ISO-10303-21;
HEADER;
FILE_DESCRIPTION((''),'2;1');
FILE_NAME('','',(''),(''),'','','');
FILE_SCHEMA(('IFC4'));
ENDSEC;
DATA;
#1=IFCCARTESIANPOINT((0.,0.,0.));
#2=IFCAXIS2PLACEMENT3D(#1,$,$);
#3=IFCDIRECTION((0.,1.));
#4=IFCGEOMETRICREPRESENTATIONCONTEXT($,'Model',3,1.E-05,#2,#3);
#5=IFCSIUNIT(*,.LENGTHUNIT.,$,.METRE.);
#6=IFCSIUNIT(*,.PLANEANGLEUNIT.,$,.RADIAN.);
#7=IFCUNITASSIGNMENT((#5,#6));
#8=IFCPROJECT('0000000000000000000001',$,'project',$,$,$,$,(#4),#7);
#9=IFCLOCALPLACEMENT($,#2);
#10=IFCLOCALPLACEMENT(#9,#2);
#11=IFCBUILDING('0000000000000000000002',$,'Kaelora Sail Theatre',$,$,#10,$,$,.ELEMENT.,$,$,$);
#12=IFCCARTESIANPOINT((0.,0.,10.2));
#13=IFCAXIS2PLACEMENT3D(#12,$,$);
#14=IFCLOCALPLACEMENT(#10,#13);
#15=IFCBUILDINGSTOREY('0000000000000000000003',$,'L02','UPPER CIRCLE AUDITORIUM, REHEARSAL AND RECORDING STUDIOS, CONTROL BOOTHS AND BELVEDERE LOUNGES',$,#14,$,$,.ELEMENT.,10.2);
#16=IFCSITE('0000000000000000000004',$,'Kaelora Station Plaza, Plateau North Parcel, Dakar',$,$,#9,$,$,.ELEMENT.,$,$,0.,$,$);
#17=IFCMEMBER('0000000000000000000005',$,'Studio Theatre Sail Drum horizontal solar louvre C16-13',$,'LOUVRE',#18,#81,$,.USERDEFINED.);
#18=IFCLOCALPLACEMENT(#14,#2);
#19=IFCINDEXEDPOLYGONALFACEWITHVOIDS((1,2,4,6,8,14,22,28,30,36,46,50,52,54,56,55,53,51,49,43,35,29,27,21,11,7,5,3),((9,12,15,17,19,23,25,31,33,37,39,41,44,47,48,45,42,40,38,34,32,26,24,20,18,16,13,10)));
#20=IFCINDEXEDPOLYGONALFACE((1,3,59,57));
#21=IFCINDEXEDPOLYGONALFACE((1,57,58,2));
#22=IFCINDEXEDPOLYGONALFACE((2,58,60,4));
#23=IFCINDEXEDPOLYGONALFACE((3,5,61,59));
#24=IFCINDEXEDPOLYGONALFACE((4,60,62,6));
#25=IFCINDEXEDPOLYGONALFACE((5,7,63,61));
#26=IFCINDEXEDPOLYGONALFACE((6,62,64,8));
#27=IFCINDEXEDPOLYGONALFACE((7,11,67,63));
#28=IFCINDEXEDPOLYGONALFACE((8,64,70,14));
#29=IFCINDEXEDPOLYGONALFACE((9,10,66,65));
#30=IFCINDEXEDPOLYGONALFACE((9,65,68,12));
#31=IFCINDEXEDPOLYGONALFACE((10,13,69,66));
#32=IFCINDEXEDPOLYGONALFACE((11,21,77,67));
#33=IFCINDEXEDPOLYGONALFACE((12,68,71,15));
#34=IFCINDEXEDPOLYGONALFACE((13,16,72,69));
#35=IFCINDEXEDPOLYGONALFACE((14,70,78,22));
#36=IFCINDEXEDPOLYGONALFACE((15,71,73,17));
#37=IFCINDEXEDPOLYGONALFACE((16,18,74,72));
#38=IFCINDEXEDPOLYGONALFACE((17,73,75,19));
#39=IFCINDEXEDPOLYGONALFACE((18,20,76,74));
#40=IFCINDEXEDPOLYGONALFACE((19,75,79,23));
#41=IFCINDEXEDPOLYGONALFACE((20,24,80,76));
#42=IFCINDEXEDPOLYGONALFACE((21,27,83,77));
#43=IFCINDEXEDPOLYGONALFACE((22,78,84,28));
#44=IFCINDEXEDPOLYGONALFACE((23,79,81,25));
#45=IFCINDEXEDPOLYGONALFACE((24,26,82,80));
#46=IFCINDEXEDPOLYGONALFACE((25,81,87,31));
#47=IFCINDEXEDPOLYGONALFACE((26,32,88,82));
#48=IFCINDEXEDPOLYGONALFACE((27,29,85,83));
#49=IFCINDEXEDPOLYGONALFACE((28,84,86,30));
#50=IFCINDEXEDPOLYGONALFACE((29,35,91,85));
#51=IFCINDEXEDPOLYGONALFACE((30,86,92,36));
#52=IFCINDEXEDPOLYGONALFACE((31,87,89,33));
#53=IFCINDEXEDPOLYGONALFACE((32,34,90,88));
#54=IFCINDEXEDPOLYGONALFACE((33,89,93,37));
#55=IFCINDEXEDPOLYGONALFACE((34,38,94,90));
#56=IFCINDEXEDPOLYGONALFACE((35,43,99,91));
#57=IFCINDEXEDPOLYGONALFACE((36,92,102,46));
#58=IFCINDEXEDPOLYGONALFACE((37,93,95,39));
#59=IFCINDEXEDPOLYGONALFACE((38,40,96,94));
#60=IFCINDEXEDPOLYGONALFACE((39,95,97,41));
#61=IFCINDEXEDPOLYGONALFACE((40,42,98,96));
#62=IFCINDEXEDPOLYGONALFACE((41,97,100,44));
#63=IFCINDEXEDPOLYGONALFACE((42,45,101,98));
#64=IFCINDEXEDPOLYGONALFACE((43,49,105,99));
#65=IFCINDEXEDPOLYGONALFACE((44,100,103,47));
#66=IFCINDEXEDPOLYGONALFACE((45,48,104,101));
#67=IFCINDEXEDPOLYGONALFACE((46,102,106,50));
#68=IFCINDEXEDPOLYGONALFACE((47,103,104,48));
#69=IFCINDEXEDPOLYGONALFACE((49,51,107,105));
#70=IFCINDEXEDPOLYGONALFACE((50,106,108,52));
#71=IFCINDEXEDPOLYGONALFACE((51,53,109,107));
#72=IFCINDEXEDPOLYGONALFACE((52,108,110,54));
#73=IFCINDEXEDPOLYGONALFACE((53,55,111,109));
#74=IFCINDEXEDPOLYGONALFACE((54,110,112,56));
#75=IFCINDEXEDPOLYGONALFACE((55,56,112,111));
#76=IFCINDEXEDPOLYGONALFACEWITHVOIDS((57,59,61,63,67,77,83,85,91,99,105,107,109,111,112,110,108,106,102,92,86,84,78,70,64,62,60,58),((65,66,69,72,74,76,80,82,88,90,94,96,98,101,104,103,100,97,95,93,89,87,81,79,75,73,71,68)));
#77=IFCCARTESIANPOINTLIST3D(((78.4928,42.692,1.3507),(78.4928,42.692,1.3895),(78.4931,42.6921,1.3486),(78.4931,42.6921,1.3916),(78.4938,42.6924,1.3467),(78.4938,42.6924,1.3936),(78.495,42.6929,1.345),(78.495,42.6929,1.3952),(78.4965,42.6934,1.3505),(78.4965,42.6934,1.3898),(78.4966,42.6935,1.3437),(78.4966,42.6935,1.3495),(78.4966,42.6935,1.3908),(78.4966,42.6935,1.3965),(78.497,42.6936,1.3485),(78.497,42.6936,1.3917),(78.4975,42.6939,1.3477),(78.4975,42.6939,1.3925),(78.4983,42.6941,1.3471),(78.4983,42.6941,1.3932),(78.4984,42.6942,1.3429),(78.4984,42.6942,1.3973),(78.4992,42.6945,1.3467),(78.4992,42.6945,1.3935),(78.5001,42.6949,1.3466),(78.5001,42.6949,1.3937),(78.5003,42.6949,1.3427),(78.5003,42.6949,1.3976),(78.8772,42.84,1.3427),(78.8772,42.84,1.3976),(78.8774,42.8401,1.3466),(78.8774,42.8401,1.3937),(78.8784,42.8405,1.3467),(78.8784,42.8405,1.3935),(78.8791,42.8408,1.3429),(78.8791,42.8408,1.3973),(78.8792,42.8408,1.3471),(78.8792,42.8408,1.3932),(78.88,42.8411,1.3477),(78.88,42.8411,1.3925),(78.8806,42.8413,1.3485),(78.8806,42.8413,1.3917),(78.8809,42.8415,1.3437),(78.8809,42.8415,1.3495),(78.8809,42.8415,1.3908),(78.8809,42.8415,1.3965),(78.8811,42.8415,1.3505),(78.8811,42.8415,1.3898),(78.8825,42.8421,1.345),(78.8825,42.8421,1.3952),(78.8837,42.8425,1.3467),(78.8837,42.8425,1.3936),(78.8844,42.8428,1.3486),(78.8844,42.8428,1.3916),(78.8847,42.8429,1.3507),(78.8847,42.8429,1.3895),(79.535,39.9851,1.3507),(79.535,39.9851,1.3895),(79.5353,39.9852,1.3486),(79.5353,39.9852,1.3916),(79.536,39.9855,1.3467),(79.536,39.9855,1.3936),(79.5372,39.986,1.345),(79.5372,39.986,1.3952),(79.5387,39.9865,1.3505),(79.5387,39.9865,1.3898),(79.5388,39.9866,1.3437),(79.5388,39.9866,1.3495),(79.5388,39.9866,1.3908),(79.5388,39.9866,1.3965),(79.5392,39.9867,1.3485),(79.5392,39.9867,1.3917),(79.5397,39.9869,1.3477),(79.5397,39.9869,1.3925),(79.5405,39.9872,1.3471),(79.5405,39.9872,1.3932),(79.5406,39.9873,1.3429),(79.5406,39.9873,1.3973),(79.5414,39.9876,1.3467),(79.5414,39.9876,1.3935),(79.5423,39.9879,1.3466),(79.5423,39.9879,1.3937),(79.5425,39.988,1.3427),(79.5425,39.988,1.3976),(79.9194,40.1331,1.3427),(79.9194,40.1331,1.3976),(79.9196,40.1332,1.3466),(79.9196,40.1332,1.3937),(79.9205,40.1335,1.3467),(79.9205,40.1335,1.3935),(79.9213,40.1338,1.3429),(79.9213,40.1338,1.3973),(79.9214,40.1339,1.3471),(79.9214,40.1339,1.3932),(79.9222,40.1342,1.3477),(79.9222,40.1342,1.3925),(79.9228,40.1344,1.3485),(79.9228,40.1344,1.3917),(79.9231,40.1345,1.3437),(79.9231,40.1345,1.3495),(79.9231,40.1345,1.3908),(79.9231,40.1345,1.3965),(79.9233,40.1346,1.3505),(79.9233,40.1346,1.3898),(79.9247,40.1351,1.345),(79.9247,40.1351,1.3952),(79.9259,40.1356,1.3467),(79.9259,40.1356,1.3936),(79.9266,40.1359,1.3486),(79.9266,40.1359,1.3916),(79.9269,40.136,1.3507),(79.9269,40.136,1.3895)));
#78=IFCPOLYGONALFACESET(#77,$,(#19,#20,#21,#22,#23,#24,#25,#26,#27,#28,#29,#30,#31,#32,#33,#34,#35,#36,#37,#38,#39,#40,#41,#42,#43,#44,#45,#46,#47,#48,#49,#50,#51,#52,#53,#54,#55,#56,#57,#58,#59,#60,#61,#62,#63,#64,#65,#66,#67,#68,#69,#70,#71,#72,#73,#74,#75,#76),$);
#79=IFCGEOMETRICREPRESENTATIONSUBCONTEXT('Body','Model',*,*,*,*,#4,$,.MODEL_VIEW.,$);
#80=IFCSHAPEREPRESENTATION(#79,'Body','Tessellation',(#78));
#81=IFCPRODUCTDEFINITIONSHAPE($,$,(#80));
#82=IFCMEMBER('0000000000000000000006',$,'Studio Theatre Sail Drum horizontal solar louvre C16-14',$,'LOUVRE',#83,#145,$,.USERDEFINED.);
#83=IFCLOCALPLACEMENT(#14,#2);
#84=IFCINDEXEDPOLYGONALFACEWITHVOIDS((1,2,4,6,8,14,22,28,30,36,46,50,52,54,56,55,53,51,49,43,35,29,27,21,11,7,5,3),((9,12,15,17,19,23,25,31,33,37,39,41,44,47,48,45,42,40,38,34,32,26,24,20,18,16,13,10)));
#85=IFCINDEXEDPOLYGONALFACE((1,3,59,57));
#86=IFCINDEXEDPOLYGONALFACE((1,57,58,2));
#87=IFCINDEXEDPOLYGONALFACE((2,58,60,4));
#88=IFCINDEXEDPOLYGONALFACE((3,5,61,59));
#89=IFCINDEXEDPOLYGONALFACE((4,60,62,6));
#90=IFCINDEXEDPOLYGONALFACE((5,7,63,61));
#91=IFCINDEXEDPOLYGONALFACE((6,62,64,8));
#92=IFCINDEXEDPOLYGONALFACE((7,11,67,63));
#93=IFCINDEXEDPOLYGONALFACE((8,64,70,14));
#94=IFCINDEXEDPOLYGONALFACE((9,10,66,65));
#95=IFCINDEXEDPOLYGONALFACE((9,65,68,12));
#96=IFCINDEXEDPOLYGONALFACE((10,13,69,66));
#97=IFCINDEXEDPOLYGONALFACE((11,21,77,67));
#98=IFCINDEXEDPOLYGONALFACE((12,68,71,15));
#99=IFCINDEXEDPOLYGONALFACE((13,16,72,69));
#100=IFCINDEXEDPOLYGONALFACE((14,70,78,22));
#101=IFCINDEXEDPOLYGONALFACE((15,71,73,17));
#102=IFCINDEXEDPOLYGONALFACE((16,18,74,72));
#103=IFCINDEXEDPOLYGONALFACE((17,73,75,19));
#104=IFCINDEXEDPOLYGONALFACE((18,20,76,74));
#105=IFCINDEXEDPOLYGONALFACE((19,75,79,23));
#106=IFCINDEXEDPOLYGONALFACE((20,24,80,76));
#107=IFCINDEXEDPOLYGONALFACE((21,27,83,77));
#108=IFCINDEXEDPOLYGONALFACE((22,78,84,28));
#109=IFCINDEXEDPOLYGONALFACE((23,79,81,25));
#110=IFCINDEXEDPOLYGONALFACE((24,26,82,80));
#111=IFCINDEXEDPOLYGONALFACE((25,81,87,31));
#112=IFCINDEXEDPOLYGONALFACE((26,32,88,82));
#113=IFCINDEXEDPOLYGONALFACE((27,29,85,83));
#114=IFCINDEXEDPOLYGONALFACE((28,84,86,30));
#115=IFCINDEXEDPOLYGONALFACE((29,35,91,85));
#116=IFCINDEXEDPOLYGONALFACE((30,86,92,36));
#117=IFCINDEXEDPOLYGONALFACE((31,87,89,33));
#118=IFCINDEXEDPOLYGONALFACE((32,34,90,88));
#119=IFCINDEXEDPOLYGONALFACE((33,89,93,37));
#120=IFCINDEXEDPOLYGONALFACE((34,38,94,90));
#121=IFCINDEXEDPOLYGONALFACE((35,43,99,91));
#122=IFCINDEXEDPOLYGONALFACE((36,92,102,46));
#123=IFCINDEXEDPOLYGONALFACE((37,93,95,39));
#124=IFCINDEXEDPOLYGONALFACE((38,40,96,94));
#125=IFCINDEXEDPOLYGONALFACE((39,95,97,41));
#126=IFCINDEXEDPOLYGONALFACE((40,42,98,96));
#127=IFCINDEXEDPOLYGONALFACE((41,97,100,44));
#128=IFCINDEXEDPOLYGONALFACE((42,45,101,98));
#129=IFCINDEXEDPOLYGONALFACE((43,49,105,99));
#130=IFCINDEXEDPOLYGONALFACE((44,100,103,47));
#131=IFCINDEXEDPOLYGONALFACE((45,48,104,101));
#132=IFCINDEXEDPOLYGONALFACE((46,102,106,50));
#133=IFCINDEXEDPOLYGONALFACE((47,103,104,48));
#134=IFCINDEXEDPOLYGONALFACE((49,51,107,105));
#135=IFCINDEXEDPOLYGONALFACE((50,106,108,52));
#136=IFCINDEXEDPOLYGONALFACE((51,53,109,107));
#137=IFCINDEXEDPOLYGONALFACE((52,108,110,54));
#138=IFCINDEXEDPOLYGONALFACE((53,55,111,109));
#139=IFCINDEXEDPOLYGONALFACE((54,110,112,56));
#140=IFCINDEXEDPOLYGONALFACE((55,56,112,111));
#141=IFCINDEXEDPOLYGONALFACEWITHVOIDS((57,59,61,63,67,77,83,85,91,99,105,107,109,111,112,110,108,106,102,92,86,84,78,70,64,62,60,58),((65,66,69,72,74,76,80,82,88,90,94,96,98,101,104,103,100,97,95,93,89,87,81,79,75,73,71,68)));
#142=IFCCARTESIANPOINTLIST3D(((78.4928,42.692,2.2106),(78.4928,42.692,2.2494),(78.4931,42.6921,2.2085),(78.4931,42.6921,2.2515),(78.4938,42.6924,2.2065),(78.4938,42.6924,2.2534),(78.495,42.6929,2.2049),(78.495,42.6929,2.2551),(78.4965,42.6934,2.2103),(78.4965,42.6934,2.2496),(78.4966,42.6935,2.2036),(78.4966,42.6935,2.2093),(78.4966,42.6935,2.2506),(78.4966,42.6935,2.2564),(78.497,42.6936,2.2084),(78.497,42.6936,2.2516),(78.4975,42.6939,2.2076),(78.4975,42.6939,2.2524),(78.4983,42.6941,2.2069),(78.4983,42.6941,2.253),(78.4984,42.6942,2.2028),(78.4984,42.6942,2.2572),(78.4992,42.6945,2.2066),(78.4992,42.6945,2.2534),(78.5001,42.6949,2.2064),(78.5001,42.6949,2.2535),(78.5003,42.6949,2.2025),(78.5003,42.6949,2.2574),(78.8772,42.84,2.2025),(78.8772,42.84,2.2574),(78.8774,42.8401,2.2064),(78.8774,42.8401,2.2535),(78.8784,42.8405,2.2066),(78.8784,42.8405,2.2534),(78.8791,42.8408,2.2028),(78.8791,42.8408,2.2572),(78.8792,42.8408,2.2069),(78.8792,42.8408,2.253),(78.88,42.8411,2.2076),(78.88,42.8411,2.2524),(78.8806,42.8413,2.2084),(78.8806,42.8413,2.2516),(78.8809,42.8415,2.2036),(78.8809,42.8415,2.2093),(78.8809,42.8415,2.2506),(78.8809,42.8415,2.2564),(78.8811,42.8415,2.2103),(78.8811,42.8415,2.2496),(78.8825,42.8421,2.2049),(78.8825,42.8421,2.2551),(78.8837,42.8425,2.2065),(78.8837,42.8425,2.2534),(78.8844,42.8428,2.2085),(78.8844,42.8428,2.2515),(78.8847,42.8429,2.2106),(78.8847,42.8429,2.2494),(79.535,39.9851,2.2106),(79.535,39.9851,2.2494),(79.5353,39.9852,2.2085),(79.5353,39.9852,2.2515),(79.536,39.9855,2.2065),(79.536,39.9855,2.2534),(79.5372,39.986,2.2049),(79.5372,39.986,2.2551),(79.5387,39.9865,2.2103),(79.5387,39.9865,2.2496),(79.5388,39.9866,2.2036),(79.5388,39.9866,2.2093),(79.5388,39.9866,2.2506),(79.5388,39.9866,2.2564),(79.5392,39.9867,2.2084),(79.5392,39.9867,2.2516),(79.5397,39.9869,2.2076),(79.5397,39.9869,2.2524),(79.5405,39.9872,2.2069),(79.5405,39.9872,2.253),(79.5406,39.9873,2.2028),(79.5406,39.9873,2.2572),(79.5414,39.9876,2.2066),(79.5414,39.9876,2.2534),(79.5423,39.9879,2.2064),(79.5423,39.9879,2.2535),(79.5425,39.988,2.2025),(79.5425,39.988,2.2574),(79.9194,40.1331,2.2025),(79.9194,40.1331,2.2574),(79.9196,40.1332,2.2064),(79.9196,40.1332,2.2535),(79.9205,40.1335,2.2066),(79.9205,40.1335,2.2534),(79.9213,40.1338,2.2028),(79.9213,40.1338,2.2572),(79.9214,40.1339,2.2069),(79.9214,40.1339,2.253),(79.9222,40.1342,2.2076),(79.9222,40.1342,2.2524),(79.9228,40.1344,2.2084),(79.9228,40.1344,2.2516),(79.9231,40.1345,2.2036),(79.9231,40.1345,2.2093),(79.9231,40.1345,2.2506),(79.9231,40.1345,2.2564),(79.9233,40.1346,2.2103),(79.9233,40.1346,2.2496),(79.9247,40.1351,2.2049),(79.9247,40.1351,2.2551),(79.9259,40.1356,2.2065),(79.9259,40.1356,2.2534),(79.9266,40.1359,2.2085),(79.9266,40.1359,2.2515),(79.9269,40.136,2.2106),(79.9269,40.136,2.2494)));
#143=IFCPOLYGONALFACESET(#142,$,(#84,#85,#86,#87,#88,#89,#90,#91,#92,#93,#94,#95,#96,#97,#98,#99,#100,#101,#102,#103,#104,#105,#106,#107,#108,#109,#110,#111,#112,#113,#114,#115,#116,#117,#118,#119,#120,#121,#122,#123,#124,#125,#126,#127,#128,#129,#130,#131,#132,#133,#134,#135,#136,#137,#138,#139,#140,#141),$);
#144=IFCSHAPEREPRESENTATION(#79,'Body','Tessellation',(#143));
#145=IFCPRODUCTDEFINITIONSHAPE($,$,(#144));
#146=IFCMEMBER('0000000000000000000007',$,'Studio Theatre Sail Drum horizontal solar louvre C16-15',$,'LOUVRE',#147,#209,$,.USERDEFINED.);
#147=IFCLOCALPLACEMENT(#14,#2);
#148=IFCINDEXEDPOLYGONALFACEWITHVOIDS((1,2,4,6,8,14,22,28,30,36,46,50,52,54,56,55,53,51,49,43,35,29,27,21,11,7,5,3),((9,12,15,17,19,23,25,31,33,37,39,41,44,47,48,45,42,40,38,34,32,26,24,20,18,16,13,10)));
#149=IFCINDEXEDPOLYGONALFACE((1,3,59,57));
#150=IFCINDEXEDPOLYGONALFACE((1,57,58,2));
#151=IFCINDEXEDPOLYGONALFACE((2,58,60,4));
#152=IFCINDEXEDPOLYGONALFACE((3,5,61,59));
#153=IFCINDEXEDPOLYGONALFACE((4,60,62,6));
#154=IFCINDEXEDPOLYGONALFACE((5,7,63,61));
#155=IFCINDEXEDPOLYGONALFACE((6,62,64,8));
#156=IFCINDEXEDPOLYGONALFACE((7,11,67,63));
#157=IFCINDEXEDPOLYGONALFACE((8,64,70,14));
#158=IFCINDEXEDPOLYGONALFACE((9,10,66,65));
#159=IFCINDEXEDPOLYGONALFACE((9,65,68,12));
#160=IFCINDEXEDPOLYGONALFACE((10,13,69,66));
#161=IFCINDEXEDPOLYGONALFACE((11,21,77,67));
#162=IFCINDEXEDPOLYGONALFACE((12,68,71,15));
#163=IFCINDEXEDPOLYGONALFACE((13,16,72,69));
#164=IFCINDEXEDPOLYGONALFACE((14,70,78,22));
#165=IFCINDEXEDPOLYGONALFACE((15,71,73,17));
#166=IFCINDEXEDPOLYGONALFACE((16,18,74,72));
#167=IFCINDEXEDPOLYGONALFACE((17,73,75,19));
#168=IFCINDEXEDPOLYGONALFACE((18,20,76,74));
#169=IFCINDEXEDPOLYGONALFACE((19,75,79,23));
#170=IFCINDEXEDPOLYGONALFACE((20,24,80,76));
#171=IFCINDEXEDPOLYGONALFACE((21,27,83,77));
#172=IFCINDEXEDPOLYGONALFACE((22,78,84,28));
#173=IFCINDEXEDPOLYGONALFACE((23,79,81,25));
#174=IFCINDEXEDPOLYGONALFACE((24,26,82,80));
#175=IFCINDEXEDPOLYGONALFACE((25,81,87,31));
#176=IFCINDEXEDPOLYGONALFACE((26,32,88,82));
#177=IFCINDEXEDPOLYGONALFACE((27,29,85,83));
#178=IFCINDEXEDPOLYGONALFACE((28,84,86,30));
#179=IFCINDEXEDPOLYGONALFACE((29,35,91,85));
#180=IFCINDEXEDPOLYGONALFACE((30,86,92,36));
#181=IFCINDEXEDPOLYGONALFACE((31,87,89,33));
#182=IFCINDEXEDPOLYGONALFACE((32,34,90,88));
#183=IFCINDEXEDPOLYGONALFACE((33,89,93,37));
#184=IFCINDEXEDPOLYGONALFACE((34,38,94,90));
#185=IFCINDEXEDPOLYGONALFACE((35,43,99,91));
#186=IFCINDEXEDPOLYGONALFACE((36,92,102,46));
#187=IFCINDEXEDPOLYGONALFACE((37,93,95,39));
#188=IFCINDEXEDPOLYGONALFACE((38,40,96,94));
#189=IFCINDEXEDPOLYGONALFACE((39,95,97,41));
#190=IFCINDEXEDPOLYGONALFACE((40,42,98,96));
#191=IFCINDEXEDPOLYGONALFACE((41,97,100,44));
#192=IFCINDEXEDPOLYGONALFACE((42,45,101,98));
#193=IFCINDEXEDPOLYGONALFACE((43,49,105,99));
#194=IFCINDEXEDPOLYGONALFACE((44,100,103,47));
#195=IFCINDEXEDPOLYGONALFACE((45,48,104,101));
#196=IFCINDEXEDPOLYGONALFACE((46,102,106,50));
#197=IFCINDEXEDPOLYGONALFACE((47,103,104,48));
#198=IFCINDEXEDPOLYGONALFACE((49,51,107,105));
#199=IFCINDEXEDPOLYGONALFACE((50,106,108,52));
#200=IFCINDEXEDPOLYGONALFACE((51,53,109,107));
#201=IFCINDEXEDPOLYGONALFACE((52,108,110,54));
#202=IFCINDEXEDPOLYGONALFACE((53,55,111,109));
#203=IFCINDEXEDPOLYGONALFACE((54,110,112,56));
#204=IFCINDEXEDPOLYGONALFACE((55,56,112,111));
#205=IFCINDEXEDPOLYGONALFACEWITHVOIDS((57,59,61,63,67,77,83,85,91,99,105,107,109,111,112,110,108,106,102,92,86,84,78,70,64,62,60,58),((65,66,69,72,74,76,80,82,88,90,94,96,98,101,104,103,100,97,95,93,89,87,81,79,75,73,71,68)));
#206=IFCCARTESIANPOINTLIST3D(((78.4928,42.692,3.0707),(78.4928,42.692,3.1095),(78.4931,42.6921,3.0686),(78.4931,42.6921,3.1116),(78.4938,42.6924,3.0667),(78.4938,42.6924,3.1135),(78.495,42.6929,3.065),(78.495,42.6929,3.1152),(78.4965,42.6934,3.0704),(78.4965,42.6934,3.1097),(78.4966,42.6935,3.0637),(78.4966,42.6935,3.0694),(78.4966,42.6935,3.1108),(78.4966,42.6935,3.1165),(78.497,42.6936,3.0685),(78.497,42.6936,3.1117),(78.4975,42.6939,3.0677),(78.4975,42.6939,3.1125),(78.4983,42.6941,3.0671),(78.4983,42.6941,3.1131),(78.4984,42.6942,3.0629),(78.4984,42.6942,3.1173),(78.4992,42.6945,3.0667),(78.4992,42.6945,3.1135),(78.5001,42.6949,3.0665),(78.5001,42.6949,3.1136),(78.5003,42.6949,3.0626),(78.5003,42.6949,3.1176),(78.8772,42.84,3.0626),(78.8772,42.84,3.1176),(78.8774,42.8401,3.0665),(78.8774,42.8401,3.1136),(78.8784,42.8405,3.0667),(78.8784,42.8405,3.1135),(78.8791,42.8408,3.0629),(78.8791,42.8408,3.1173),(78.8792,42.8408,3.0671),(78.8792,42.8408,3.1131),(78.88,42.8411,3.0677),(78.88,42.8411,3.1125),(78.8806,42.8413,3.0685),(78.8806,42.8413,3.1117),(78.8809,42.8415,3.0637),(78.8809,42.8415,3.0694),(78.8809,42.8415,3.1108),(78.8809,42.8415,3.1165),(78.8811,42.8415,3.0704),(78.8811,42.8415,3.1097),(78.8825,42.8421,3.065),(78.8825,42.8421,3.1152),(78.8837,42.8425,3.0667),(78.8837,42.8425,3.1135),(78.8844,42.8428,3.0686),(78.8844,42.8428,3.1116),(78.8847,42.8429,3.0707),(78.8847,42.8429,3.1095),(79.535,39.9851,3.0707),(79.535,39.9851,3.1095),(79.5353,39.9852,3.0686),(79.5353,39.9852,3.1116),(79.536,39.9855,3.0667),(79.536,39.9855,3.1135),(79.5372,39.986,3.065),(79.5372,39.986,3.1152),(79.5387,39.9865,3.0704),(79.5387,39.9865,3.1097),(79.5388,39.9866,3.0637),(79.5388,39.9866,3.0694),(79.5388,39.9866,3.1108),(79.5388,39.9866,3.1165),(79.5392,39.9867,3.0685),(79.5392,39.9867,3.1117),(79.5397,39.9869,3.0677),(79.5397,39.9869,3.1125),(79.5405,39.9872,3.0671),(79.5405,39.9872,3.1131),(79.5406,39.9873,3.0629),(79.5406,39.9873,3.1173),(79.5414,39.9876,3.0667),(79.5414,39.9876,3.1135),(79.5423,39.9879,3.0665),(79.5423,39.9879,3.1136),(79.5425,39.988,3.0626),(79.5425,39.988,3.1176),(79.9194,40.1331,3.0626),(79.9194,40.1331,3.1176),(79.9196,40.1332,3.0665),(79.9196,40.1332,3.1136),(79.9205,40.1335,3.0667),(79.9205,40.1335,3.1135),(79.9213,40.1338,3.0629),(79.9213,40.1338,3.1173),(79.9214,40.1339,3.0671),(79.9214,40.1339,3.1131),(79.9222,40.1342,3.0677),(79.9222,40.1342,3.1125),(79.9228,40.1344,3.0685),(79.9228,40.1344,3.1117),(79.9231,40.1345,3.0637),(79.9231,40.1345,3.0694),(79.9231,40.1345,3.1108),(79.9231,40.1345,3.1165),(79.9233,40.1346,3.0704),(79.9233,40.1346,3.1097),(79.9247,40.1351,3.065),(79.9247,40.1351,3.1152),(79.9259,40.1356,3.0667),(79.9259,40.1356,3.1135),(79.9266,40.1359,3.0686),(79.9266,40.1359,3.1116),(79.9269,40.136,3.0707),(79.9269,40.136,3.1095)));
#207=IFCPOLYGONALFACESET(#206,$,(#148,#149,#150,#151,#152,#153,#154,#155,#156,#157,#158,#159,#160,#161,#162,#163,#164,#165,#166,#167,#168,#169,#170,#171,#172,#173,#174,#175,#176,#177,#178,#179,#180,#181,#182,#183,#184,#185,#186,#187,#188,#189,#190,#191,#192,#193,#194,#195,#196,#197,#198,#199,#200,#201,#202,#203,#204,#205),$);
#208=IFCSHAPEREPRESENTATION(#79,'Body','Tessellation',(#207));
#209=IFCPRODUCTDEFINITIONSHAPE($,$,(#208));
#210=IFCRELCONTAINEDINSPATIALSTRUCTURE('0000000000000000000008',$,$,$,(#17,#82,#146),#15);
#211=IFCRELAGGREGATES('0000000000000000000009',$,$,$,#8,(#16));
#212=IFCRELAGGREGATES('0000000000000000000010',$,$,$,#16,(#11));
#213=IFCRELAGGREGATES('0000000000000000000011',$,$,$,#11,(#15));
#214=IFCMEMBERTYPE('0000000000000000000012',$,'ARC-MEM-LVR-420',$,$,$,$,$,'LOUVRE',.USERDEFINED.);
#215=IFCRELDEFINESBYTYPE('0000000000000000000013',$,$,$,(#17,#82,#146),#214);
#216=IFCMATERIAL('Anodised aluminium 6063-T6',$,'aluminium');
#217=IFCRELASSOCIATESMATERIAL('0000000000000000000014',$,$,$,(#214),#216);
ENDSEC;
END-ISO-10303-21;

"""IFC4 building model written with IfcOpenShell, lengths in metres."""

from ifc_helpers import new_model, si_unit, direction, frame, origin, origin_2d, place, context, subcontext, project, spatial, hollow_rectangle, extrude, material, material_profile, profile_set, type_object, element, save


model = new_model("IFC4")

# Units and contexts
model_context = context("Model", 3, precision=1e-05, world=origin(), true_north=direction((0.0, 1.0)))
body_context = subcontext(model_context, "Body", "Model", "MODEL_VIEW")
ifc_project = project(units=[si_unit("LENGTHUNIT", "METRE"), si_unit("PLANEANGLEUNIT", "RADIAN")], contexts=[model_context])

# Site, building, storey
site_placement = place(None, origin())
site = spatial("IfcSite", under=ifc_project, at=site_placement, Name="Kaelora Station Plaza, Plateau North Parcel, Dakar", CompositionType="ELEMENT", RefElevation=0.0)
building_placement = place(site_placement, origin())
building = spatial("IfcBuilding", under=site, at=building_placement, Name="Kaelora Sail Theatre", CompositionType="ELEMENT")
storey_placement = place(building_placement, frame((0.0, 0.0, 10.2)))
storey = spatial("IfcBuildingStorey", under=building, at=storey_placement, Name="L02", Description="UPPER CIRCLE AUDITORIUM, REHEARSAL AND RECORDING STUDIOS, CONTROL BOOTHS AND BELVEDERE LOUNGES", CompositionType="ELEMENT", Elevation=10.2)

# Members
ifc_material_1 = material(Name="Anodised aluminium 6063-T6", Category="aluminium")
ifc_material_profile_1 = material_profile(ifc_material_1, hollow_rectangle(XDim=0.4199, YDim=0.0549, WallThickness=0.0039, InnerFilletRadius=0.0039, OuterFilletRadius=0.0081, at=origin_2d()), Name="LOUVRE 420x55x4")
ifc_profile_set_1 = profile_set([ifc_material_profile_1], Name="Anodised aluminium 6063-T6")
member_type = type_object("IfcMemberType", Name="ARC-MEM-LVR-420", ElementType="LOUVRE", PredefinedType="USERDEFINED", material=ifc_profile_set_1)
for number, where, z_axis, x_axis, name in (
    (1, (79.731, 40.0605, 1.3701), (-0.359301, 0.933222, 0.0), (-0.933222, -0.359301, 0.0), "Studio Theatre Sail Drum horizontal solar louvre C16-13"),
    (2, (79.731, 40.0605, 2.23), (-0.359301, 0.933222, 0.0), (-0.933222, -0.359301, 0.0), "Studio Theatre Sail Drum horizontal solar louvre C16-14"),
    (3, (79.731, 40.0605, 3.0901), (-0.359301, 0.933222, 0.0), (-0.933222, -0.359301, 0.0), "Studio Theatre Sail Drum horizontal solar louvre C16-15"),
):
    element("IfcMember", number, at=place(storey_placement, frame(where, z_axis=z_axis, x_axis=x_axis)), inside=storey, type_object=member_type, Name=name, ObjectType="LOUVRE", PredefinedType="USERDEFINED", context=body_context, shape_type="SweptSolid", body=[
        extrude(hollow_rectangle(XDim=0.4199, YDim=0.0549, WallThickness=0.0039, InnerFilletRadius=0.0039, OuterFilletRadius=0.0081, at=origin_2d()), origin(), (0.0, 0.0, 1.0), 2.9006),
    ])

save(model, "model.ifc")
